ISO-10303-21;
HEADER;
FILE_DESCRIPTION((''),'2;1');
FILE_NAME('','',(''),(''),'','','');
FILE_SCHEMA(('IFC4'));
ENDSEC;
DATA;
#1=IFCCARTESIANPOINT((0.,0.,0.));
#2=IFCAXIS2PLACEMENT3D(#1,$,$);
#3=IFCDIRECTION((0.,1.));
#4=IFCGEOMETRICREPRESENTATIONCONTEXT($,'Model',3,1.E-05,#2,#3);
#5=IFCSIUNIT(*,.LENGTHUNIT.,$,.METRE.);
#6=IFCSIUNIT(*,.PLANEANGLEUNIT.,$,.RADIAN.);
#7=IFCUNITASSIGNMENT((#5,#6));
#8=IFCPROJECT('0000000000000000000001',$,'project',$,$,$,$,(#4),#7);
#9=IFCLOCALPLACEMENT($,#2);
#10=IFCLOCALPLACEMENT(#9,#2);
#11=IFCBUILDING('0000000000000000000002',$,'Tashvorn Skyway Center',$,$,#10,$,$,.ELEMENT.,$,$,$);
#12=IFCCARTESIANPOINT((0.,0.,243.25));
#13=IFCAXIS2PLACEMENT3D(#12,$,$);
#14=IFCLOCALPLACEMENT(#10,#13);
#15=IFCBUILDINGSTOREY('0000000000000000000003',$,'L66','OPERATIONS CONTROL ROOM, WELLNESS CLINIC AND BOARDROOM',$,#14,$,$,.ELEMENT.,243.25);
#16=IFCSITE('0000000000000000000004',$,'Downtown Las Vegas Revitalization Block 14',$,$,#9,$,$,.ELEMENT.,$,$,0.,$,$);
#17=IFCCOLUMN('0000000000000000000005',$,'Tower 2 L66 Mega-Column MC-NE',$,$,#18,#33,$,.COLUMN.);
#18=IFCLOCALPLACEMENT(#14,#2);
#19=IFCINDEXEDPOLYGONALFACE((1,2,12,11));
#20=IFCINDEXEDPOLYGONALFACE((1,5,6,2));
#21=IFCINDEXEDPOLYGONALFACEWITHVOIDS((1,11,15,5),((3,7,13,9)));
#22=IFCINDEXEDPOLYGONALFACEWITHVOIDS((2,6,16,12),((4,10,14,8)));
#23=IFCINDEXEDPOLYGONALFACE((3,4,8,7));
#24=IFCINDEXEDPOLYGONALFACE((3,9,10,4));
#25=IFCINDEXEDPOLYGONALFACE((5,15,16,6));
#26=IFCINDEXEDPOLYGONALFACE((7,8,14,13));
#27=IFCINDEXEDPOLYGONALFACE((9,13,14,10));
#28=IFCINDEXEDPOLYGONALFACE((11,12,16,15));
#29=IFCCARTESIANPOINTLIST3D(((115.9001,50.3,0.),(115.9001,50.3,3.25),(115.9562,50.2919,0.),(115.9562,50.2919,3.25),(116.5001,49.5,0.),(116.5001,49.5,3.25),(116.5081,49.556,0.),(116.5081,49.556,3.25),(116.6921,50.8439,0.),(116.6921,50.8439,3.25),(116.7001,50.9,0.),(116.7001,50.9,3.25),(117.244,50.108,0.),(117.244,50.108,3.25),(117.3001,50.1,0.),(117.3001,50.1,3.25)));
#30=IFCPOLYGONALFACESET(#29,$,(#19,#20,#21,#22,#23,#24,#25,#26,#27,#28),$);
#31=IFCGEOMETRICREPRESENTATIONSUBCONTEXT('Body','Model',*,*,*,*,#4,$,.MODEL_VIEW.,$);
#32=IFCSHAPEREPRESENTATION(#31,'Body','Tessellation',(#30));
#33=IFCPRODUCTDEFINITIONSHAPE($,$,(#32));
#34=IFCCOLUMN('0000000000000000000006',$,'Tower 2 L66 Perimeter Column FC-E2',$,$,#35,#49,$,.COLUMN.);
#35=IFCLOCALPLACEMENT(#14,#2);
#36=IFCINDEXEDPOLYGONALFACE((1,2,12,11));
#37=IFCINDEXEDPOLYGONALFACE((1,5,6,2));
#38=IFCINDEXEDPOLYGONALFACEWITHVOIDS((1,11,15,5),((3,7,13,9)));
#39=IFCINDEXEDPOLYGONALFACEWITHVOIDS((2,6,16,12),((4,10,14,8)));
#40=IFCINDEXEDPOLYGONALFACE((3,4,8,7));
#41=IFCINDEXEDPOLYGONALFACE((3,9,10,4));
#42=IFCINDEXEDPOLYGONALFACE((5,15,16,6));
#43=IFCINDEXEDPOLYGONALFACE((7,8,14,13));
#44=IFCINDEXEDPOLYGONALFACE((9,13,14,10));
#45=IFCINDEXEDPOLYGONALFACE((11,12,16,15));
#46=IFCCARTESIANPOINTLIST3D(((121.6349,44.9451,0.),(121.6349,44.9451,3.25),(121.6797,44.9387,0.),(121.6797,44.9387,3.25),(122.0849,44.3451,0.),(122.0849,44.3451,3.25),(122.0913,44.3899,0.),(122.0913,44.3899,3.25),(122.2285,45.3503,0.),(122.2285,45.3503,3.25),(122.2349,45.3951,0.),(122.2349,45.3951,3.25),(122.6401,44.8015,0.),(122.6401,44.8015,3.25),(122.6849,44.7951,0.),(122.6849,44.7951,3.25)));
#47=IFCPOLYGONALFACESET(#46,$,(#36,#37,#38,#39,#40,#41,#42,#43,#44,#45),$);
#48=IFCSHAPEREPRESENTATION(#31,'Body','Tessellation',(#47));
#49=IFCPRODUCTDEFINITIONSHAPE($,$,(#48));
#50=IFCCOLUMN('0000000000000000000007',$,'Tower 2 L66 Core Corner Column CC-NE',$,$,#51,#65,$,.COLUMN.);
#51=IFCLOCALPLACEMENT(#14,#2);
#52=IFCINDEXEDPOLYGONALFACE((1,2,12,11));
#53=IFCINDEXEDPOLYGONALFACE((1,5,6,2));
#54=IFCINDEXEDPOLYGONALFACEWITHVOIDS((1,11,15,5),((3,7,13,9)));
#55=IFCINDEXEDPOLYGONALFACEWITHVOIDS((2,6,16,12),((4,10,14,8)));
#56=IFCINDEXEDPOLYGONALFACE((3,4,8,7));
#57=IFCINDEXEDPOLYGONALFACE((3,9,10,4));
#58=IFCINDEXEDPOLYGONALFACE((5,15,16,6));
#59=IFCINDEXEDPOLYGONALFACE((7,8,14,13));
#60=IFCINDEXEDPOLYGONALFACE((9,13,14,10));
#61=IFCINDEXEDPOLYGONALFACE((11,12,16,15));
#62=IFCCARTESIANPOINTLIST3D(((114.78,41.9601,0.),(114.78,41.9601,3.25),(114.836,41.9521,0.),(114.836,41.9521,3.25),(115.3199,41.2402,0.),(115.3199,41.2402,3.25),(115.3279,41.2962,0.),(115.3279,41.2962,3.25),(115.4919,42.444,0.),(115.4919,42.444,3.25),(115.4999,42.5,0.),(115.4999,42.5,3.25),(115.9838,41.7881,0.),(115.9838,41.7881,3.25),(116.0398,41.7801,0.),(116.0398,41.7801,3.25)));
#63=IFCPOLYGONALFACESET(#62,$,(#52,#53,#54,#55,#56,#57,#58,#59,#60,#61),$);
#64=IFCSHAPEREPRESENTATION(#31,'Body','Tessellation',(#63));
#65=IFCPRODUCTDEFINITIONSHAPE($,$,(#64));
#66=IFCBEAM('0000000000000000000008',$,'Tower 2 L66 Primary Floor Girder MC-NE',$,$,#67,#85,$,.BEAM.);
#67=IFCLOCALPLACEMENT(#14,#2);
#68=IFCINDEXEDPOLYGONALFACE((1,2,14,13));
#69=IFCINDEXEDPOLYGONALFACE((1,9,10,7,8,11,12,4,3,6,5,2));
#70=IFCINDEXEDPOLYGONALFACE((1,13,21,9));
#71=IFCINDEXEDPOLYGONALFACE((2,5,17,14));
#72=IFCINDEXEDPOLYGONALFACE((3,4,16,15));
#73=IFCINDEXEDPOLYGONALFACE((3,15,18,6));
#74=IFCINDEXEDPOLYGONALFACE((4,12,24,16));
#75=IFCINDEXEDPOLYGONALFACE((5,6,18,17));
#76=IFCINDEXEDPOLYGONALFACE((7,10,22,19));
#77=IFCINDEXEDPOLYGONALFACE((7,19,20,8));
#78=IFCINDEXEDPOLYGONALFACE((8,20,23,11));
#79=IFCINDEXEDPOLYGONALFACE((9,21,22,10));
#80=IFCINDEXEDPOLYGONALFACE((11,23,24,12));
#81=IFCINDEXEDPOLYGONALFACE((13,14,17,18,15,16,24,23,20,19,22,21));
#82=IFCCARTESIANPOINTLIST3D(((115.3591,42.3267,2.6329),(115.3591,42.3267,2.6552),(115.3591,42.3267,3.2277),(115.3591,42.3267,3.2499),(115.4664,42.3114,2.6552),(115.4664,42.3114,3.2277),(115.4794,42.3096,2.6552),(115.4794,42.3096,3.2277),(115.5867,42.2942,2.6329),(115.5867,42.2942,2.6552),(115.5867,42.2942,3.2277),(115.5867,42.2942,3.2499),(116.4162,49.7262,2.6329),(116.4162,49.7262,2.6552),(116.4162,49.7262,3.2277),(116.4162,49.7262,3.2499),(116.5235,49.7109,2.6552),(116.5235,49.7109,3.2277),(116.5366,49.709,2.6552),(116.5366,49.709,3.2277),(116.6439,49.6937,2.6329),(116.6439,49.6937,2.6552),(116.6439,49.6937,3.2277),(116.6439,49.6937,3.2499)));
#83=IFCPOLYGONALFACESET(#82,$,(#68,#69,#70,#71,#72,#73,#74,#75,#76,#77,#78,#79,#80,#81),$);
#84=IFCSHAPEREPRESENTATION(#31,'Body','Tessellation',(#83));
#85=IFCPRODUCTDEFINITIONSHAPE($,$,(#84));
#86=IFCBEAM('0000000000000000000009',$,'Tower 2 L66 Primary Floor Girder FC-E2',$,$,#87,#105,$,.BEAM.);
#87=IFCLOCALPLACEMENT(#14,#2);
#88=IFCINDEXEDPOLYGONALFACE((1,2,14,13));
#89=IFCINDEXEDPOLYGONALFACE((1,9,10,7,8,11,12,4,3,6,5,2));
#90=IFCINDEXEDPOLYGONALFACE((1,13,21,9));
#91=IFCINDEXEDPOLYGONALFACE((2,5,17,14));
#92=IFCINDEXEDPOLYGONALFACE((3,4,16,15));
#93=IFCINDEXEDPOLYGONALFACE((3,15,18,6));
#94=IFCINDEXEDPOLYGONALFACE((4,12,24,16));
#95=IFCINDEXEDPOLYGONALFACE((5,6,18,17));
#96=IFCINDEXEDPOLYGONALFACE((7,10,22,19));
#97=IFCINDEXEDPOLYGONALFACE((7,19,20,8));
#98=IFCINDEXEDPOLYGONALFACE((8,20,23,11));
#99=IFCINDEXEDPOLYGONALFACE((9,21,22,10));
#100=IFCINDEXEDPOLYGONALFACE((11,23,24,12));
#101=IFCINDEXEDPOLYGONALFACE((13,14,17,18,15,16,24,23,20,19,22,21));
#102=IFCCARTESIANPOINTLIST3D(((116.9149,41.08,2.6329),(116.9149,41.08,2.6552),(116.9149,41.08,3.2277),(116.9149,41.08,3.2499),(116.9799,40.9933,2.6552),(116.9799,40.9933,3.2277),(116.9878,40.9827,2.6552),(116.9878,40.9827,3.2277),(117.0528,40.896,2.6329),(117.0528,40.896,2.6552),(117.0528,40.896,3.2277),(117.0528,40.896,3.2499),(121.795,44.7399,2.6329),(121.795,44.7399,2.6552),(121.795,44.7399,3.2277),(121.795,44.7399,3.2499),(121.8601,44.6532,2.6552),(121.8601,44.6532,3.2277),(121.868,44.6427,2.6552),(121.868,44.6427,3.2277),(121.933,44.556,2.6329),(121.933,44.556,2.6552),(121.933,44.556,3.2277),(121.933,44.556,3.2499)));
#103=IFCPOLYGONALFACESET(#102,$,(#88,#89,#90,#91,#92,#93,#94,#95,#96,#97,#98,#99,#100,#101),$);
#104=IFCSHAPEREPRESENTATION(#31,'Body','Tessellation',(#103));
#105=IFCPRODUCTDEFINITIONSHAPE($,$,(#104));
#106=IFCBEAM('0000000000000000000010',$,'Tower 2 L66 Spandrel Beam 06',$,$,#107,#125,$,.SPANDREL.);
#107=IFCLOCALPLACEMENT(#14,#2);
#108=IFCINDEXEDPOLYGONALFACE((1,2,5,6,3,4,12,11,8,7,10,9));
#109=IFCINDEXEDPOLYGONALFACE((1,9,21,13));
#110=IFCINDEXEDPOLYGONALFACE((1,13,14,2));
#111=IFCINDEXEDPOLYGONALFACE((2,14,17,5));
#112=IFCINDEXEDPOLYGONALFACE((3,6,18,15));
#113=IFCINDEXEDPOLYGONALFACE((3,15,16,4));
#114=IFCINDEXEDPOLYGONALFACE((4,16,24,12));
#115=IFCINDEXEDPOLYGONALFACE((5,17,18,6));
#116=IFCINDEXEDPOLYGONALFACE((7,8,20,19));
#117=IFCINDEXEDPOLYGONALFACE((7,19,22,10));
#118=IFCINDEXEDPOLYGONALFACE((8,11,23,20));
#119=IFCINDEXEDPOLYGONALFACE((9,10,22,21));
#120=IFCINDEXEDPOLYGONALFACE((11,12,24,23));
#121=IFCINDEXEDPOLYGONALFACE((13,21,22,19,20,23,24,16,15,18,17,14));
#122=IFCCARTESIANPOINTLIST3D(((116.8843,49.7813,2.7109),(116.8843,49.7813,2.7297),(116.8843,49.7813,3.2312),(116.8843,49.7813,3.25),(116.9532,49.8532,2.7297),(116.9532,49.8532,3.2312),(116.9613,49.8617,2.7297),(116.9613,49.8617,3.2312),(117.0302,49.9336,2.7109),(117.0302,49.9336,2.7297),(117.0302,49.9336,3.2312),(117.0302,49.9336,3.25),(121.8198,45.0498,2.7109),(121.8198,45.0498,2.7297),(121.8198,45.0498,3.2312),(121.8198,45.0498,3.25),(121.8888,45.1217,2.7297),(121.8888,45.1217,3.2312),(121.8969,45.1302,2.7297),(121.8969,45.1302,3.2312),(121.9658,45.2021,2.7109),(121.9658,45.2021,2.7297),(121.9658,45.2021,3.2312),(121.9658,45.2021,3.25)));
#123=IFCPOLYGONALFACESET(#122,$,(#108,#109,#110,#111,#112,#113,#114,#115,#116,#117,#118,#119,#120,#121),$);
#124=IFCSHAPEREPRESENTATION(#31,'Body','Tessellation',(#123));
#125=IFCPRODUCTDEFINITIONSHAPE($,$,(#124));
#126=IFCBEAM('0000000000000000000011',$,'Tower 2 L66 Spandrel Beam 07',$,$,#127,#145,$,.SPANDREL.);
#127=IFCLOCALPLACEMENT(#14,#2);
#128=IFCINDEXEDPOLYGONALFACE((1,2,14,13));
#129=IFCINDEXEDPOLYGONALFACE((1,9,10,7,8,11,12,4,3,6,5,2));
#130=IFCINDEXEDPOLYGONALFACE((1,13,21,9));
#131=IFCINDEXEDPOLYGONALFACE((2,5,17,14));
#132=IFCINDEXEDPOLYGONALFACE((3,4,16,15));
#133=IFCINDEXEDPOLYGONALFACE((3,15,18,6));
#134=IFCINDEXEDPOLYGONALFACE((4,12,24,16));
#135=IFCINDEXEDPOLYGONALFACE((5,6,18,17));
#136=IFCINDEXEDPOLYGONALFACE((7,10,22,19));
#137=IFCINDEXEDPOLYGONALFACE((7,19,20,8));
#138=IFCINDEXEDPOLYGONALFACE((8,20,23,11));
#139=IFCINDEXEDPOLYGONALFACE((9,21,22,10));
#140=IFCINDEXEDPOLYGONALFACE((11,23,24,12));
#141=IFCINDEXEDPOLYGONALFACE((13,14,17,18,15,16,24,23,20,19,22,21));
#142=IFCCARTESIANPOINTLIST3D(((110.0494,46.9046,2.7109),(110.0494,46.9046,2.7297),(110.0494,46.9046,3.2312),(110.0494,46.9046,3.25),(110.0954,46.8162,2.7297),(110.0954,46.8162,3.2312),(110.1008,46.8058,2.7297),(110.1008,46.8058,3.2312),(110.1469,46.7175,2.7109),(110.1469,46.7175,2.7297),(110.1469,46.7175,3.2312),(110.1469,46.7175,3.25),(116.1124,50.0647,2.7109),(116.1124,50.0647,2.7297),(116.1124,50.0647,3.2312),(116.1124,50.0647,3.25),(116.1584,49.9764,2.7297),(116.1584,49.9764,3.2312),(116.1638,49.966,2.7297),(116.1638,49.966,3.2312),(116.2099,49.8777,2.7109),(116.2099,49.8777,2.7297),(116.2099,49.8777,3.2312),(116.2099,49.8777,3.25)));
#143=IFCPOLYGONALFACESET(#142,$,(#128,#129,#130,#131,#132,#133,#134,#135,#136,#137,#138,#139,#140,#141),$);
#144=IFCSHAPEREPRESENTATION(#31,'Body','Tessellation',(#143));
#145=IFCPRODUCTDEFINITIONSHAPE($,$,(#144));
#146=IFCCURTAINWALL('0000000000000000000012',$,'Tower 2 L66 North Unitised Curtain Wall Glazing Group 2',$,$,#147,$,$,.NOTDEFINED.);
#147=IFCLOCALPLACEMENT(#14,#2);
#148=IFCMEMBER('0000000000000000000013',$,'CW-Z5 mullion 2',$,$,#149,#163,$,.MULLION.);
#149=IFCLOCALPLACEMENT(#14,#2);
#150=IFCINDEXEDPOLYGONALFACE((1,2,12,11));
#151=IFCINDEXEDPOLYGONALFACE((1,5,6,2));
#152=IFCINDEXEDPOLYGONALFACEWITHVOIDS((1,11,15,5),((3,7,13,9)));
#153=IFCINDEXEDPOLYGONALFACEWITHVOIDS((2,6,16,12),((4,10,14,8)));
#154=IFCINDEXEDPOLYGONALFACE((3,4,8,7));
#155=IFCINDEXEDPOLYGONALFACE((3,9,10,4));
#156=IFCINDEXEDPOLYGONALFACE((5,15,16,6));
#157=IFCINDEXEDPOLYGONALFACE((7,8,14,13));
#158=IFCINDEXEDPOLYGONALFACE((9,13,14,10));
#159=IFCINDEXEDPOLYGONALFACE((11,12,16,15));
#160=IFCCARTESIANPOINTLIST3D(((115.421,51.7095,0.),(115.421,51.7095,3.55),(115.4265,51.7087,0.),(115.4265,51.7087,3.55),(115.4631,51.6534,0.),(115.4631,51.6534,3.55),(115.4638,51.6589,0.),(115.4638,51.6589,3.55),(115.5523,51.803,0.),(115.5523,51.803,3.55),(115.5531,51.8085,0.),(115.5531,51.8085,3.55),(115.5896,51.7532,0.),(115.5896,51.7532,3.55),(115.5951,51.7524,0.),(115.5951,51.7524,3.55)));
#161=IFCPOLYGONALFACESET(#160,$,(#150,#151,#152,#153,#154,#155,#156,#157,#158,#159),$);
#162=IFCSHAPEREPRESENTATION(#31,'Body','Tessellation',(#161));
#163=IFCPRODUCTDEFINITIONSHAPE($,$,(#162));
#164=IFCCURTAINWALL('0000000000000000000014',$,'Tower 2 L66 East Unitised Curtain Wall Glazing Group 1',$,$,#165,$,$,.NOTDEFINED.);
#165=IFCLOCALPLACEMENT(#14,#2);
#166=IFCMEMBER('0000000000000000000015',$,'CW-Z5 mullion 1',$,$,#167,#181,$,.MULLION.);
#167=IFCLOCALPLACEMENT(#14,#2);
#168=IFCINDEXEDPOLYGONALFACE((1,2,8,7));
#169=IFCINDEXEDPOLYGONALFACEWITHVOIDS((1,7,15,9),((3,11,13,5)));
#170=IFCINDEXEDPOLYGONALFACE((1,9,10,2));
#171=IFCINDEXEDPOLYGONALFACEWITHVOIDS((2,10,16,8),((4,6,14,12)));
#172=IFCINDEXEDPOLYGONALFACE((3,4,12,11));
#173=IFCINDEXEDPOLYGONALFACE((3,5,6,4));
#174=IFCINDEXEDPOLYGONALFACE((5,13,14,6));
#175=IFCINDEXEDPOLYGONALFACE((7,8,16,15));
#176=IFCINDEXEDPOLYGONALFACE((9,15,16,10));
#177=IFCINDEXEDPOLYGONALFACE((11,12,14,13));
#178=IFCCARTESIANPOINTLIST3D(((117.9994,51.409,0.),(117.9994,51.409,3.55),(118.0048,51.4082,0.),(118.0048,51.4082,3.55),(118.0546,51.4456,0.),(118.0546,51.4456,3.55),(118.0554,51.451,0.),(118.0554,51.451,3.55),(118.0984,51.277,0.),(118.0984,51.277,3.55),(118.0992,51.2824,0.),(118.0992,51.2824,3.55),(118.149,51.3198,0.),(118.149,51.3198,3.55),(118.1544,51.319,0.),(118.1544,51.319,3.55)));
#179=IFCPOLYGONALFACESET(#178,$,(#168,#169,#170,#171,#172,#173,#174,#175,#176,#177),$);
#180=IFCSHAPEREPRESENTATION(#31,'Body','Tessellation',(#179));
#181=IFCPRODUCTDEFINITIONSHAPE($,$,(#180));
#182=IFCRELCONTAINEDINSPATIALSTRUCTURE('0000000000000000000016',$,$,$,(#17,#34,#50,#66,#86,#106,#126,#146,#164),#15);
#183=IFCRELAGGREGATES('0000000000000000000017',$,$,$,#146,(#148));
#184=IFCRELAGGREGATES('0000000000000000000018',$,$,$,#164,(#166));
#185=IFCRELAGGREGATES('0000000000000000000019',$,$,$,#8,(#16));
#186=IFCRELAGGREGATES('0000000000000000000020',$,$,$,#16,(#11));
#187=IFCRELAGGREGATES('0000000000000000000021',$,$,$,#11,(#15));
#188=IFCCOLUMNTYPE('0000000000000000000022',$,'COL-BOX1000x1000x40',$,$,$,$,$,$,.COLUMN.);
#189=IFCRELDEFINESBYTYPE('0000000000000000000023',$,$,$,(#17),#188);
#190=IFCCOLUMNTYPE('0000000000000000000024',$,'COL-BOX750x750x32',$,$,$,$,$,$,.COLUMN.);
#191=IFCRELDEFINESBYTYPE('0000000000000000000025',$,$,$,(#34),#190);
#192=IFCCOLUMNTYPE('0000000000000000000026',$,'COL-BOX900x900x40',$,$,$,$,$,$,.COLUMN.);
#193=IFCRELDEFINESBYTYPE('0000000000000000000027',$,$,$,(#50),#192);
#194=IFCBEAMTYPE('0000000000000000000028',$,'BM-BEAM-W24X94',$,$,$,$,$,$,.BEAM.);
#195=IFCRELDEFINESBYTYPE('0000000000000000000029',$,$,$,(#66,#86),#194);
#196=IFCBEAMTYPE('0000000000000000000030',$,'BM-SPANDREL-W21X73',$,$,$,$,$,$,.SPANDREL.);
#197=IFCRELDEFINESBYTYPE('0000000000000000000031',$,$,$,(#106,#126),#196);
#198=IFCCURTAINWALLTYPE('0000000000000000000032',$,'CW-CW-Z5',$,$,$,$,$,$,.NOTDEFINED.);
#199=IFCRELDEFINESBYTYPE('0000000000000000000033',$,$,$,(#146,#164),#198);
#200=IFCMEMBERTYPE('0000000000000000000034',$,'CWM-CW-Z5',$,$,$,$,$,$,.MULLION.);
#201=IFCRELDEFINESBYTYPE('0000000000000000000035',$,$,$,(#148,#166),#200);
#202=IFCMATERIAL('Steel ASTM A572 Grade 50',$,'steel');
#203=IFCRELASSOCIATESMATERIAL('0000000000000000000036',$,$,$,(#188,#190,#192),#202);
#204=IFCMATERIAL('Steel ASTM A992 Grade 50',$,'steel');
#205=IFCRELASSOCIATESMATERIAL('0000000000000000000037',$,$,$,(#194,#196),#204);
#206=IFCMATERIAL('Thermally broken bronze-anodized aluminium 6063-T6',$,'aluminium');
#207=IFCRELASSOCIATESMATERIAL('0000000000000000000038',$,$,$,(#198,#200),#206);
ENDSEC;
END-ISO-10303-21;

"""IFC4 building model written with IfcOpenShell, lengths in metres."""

from ifc_helpers import new_model, si_unit, direction, frame, origin, origin_2d, place, context, subcontext, project, spatial, hollow_rectangle, i_section, extrude, material, material_profile, profile_set, type_object, element, aggregate, save


model = new_model("IFC4")

# Units and contexts
model_context = context("Model", 3, precision=1e-05, world=origin(), true_north=direction((0.0, 1.0)))
body_context = subcontext(model_context, "Body", "Model", "MODEL_VIEW")
ifc_project = project(units=[si_unit("LENGTHUNIT", "METRE"), si_unit("PLANEANGLEUNIT", "RADIAN")], contexts=[model_context])

# Site, building, storey
site_placement = place(None, origin())
site = spatial("IfcSite", under=ifc_project, at=site_placement, Name="Downtown Las Vegas Revitalization Block 14", CompositionType="ELEMENT", RefElevation=0.0)
building_placement = place(site_placement, origin())
building = spatial("IfcBuilding", under=site, at=building_placement, Name="Tashvorn Skyway Center", CompositionType="ELEMENT")
storey_placement = place(building_placement, frame((0.0, 0.0, 243.25)))
storey = spatial("IfcBuildingStorey", under=building, at=storey_placement, Name="L66", Description="OPERATIONS CONTROL ROOM, WELLNESS CLINIC AND BOARDROOM", CompositionType="ELEMENT", Elevation=243.25)

# Columns
ifc_material_1 = material(Name="Steel ASTM A572 Grade 50", Category="steel")
ifc_material_profile_1 = material_profile(ifc_material_1, hollow_rectangle(XDim=1.0, YDim=1.0, WallThickness=0.04, at=origin_2d()), Name="BOX1000x1000x40")
ifc_profile_set_1 = profile_set([ifc_material_profile_1], Name="Steel ASTM A572 Grade 50")
column_type_1 = type_object("IfcColumnType", Name="COL-BOX1000x1000x40", PredefinedType="COLUMN", material=ifc_profile_set_1)
column_1_placement = place(storey_placement, frame((116.6001, 50.2, 0.0), z_axis=(0.0, 0.0, 1.0), x_axis=(0.8, 0.6, 0.0)))
element("IfcColumn", 1, at=column_1_placement, inside=storey, type_object=column_type_1, Name="Tower 2 L66 Mega-Column MC-NE", PredefinedType="COLUMN", context=body_context, shape_type="SweptSolid", body=[
    extrude(hollow_rectangle(XDim=1.0, YDim=1.0, WallThickness=0.04, at=origin_2d()), origin(), (0.0, 0.0, 1.0), 3.25),
])
ifc_material_profile_2 = material_profile(ifc_material_1, hollow_rectangle(XDim=0.75, YDim=0.75, WallThickness=0.032, at=origin_2d()), Name="BOX750x750x32")
ifc_profile_set_2 = profile_set([ifc_material_profile_2], Name="Steel ASTM A572 Grade 50")
column_type_2 = type_object("IfcColumnType", Name="COL-BOX750x750x32", PredefinedType="COLUMN", material=ifc_profile_set_2)
column_2_placement = place(storey_placement, frame((122.1599, 44.8701, 0.0), z_axis=(0.0, 0.0, 1.0), x_axis=(0.8, 0.6, 0.0)))
element("IfcColumn", 2, at=column_2_placement, inside=storey, type_object=column_type_2, Name="Tower 2 L66 Perimeter Column FC-E2", PredefinedType="COLUMN", context=body_context, shape_type="SweptSolid", body=[
    extrude(hollow_rectangle(XDim=0.75, YDim=0.75, WallThickness=0.032, at=origin_2d()), origin(), (0.0, 0.0, 1.0), 3.25),
])
ifc_material_profile_3 = material_profile(ifc_material_1, hollow_rectangle(XDim=0.8999, YDim=0.8999, WallThickness=0.04, at=origin_2d()), Name="BOX900x900x40")
ifc_profile_set_3 = profile_set([ifc_material_profile_3], Name="Steel ASTM A572 Grade 50")
column_type_3 = type_object("IfcColumnType", Name="COL-BOX900x900x40", PredefinedType="COLUMN", material=ifc_profile_set_3)
column_3_placement = place(storey_placement, frame((115.4099, 41.8701, 0.0), z_axis=(0.0, 0.0, 1.0), x_axis=(0.8, 0.6, 0.0)))
element("IfcColumn", 3, at=column_3_placement, inside=storey, type_object=column_type_3, Name="Tower 2 L66 Core Corner Column CC-NE", PredefinedType="COLUMN", context=body_context, shape_type="SweptSolid", body=[
    extrude(hollow_rectangle(XDim=0.8999, YDim=0.8999, WallThickness=0.04, at=origin_2d()), origin(), (0.0, 0.0, 1.0), 3.25),
])

# Beams
ifc_material_2 = material(Name="Steel ASTM A992 Grade 50", Category="steel")
ifc_material_profile_4 = material_profile(ifc_material_2, i_section(OverallWidth=0.23, OverallDepth=0.6169, WebThickness=0.0132, FlangeThickness=0.0222, at=origin_2d()), Name="W24X94")
ifc_profile_set_4 = profile_set([ifc_material_profile_4], Name="Steel ASTM A992 Grade 50")
beam_type_1 = type_object("IfcBeamType", Name="BM-BEAM-W24X94", PredefinedType="BEAM", material=ifc_profile_set_4)
beam_1_placement = place(storey_placement, frame((116.53, 49.71, 2.9414), z_axis=(-0.141431, -0.989948, 0.0), x_axis=(0.989948, -0.141431, 0.0)))
element("IfcBeam", 4, at=beam_1_placement, inside=storey, type_object=beam_type_1, Name="Tower 2 L66 Primary Floor Girder MC-NE", PredefinedType="BEAM", context=body_context, shape_type="SweptSolid", body=[
    extrude(i_section(OverallWidth=0.23, OverallDepth=0.6169, WebThickness=0.0132, FlangeThickness=0.0222, at=origin_2d()), origin(), (0.0, 0.0, 1.0), 7.4746),
])
beam_2_placement = place(storey_placement, frame((121.864, 44.6479, 2.9414), z_axis=(-0.800014, -0.599981, 0.0), x_axis=(0.599981, -0.800014, 0.0)))
element("IfcBeam", 5, at=beam_2_placement, inside=storey, type_object=beam_type_1, Name="Tower 2 L66 Primary Floor Girder FC-E2", PredefinedType="BEAM", context=body_context, shape_type="SweptSolid", body=[
    extrude(i_section(OverallWidth=0.23, OverallDepth=0.6169, WebThickness=0.0132, FlangeThickness=0.0222, at=origin_2d()), origin(), (0.0, 0.0, 1.0), 6.1001),
])
ifc_material_profile_5 = material_profile(ifc_material_2, i_section(OverallWidth=0.2109, OverallDepth=0.5391, WebThickness=0.0117, FlangeThickness=0.0188, at=origin_2d()), Name="W21X73")
ifc_profile_set_5 = profile_set([ifc_material_profile_5], Name="Steel ASTM A992 Grade 50")
beam_type_2 = type_object("IfcBeamType", Name="BM-SPANDREL-W21X73", PredefinedType="SPANDREL", material=ifc_profile_set_5)
for number, where, z_axis, x_axis, name in (
    (6, (121.8928, 45.126, 2.9805), (-0.721875, 0.692023, 0.0), (-0.692023, -0.721875, 0.0), "Tower 2 L66 Spandrel Beam 06"),
    (7, (116.1611, 49.9712, 2.9805), (-0.886773, -0.462205, 0.0), (0.462205, -0.886773, 0.0), "Tower 2 L66 Spandrel Beam 07"),
):
    element("IfcBeam", number, at=place(storey_placement, frame(where, z_axis=z_axis, x_axis=x_axis)), inside=storey, type_object=beam_type_2, Name=name, PredefinedType="SPANDREL", context=body_context, shape_type="SweptSolid", body=[
        extrude(i_section(OverallWidth=0.2109, OverallDepth=0.5391, WebThickness=0.0117, FlangeThickness=0.0188, at=origin_2d()), origin(), (0.0, 0.0, 1.0), 6.8372),
    ])

# Curtain wall, member
ifc_material_3 = material(Name="Thermally broken bronze-anodized aluminium 6063-T6", Category="aluminium")
curtain_wall_type = type_object("IfcCurtainWallType", Name="CW-CW-Z5", PredefinedType="NOTDEFINED", material=ifc_material_3)
curtain_wall_1_placement = place(storey_placement, origin())
curtain_wall_1 = element("IfcCurtainWall", 8, at=curtain_wall_1_placement, inside=storey, type_object=curtain_wall_type, Name="Tower 2 L66 North Unitised Curtain Wall Glazing Group 2", PredefinedType="NOTDEFINED")
ifc_material_profile_6 = material_profile(ifc_material_3, hollow_rectangle(XDim=0.0701, YDim=0.165, WallThickness=0.0039, at=origin_2d()), Name="ALU-MULL-70x165")
ifc_profile_set_6 = profile_set([ifc_material_profile_6], Name="Thermally broken bronze-anodized aluminium 6063-T6")
member_type_1 = type_object("IfcMemberType", Name="CWM-CW-Z5", PredefinedType="MULLION", material=ifc_profile_set_6)
member_1_placement = place(storey_placement, frame((115.5081, 51.731, 0.0), z_axis=(0.0, 0.0, 1.0), x_axis=(-0.6, 0.8, 0.0)))
member_1 = element("IfcMember", 9, at=member_1_placement, type_object=member_type_1, Name="CW-Z5 mullion 2", PredefinedType="MULLION", context=body_context, shape_type="SweptSolid", body=[
    extrude(hollow_rectangle(XDim=0.0701, YDim=0.165, WallThickness=0.0039, at=origin_2d()), origin(), (0.0, 0.0, 1.0), 3.55),
])
aggregate(curtain_wall_1, [member_1])

# Curtain wall, member
curtain_wall_2_placement = place(storey_placement, origin())
curtain_wall_2 = element("IfcCurtainWall", 10, at=curtain_wall_2_placement, inside=storey, type_object=curtain_wall_type, Name="Tower 2 L66 East Unitised Curtain Wall Glazing Group 1", PredefinedType="NOTDEFINED")
member_2_placement = place(storey_placement, frame((118.0769, 51.364, 0.0), z_axis=(0.0, 0.0, 1.0), x_axis=(0.8, 0.6, 0.0)))
member_2 = element("IfcMember", 11, at=member_2_placement, type_object=member_type_1, Name="CW-Z5 mullion 1", PredefinedType="MULLION", context=body_context, shape_type="SweptSolid", body=[
    extrude(hollow_rectangle(XDim=0.0701, YDim=0.165, WallThickness=0.0039, at=origin_2d()), origin(), (0.0, 0.0, 1.0), 3.55),
])
aggregate(curtain_wall_2, [member_2])

save(model, "model.ifc")
